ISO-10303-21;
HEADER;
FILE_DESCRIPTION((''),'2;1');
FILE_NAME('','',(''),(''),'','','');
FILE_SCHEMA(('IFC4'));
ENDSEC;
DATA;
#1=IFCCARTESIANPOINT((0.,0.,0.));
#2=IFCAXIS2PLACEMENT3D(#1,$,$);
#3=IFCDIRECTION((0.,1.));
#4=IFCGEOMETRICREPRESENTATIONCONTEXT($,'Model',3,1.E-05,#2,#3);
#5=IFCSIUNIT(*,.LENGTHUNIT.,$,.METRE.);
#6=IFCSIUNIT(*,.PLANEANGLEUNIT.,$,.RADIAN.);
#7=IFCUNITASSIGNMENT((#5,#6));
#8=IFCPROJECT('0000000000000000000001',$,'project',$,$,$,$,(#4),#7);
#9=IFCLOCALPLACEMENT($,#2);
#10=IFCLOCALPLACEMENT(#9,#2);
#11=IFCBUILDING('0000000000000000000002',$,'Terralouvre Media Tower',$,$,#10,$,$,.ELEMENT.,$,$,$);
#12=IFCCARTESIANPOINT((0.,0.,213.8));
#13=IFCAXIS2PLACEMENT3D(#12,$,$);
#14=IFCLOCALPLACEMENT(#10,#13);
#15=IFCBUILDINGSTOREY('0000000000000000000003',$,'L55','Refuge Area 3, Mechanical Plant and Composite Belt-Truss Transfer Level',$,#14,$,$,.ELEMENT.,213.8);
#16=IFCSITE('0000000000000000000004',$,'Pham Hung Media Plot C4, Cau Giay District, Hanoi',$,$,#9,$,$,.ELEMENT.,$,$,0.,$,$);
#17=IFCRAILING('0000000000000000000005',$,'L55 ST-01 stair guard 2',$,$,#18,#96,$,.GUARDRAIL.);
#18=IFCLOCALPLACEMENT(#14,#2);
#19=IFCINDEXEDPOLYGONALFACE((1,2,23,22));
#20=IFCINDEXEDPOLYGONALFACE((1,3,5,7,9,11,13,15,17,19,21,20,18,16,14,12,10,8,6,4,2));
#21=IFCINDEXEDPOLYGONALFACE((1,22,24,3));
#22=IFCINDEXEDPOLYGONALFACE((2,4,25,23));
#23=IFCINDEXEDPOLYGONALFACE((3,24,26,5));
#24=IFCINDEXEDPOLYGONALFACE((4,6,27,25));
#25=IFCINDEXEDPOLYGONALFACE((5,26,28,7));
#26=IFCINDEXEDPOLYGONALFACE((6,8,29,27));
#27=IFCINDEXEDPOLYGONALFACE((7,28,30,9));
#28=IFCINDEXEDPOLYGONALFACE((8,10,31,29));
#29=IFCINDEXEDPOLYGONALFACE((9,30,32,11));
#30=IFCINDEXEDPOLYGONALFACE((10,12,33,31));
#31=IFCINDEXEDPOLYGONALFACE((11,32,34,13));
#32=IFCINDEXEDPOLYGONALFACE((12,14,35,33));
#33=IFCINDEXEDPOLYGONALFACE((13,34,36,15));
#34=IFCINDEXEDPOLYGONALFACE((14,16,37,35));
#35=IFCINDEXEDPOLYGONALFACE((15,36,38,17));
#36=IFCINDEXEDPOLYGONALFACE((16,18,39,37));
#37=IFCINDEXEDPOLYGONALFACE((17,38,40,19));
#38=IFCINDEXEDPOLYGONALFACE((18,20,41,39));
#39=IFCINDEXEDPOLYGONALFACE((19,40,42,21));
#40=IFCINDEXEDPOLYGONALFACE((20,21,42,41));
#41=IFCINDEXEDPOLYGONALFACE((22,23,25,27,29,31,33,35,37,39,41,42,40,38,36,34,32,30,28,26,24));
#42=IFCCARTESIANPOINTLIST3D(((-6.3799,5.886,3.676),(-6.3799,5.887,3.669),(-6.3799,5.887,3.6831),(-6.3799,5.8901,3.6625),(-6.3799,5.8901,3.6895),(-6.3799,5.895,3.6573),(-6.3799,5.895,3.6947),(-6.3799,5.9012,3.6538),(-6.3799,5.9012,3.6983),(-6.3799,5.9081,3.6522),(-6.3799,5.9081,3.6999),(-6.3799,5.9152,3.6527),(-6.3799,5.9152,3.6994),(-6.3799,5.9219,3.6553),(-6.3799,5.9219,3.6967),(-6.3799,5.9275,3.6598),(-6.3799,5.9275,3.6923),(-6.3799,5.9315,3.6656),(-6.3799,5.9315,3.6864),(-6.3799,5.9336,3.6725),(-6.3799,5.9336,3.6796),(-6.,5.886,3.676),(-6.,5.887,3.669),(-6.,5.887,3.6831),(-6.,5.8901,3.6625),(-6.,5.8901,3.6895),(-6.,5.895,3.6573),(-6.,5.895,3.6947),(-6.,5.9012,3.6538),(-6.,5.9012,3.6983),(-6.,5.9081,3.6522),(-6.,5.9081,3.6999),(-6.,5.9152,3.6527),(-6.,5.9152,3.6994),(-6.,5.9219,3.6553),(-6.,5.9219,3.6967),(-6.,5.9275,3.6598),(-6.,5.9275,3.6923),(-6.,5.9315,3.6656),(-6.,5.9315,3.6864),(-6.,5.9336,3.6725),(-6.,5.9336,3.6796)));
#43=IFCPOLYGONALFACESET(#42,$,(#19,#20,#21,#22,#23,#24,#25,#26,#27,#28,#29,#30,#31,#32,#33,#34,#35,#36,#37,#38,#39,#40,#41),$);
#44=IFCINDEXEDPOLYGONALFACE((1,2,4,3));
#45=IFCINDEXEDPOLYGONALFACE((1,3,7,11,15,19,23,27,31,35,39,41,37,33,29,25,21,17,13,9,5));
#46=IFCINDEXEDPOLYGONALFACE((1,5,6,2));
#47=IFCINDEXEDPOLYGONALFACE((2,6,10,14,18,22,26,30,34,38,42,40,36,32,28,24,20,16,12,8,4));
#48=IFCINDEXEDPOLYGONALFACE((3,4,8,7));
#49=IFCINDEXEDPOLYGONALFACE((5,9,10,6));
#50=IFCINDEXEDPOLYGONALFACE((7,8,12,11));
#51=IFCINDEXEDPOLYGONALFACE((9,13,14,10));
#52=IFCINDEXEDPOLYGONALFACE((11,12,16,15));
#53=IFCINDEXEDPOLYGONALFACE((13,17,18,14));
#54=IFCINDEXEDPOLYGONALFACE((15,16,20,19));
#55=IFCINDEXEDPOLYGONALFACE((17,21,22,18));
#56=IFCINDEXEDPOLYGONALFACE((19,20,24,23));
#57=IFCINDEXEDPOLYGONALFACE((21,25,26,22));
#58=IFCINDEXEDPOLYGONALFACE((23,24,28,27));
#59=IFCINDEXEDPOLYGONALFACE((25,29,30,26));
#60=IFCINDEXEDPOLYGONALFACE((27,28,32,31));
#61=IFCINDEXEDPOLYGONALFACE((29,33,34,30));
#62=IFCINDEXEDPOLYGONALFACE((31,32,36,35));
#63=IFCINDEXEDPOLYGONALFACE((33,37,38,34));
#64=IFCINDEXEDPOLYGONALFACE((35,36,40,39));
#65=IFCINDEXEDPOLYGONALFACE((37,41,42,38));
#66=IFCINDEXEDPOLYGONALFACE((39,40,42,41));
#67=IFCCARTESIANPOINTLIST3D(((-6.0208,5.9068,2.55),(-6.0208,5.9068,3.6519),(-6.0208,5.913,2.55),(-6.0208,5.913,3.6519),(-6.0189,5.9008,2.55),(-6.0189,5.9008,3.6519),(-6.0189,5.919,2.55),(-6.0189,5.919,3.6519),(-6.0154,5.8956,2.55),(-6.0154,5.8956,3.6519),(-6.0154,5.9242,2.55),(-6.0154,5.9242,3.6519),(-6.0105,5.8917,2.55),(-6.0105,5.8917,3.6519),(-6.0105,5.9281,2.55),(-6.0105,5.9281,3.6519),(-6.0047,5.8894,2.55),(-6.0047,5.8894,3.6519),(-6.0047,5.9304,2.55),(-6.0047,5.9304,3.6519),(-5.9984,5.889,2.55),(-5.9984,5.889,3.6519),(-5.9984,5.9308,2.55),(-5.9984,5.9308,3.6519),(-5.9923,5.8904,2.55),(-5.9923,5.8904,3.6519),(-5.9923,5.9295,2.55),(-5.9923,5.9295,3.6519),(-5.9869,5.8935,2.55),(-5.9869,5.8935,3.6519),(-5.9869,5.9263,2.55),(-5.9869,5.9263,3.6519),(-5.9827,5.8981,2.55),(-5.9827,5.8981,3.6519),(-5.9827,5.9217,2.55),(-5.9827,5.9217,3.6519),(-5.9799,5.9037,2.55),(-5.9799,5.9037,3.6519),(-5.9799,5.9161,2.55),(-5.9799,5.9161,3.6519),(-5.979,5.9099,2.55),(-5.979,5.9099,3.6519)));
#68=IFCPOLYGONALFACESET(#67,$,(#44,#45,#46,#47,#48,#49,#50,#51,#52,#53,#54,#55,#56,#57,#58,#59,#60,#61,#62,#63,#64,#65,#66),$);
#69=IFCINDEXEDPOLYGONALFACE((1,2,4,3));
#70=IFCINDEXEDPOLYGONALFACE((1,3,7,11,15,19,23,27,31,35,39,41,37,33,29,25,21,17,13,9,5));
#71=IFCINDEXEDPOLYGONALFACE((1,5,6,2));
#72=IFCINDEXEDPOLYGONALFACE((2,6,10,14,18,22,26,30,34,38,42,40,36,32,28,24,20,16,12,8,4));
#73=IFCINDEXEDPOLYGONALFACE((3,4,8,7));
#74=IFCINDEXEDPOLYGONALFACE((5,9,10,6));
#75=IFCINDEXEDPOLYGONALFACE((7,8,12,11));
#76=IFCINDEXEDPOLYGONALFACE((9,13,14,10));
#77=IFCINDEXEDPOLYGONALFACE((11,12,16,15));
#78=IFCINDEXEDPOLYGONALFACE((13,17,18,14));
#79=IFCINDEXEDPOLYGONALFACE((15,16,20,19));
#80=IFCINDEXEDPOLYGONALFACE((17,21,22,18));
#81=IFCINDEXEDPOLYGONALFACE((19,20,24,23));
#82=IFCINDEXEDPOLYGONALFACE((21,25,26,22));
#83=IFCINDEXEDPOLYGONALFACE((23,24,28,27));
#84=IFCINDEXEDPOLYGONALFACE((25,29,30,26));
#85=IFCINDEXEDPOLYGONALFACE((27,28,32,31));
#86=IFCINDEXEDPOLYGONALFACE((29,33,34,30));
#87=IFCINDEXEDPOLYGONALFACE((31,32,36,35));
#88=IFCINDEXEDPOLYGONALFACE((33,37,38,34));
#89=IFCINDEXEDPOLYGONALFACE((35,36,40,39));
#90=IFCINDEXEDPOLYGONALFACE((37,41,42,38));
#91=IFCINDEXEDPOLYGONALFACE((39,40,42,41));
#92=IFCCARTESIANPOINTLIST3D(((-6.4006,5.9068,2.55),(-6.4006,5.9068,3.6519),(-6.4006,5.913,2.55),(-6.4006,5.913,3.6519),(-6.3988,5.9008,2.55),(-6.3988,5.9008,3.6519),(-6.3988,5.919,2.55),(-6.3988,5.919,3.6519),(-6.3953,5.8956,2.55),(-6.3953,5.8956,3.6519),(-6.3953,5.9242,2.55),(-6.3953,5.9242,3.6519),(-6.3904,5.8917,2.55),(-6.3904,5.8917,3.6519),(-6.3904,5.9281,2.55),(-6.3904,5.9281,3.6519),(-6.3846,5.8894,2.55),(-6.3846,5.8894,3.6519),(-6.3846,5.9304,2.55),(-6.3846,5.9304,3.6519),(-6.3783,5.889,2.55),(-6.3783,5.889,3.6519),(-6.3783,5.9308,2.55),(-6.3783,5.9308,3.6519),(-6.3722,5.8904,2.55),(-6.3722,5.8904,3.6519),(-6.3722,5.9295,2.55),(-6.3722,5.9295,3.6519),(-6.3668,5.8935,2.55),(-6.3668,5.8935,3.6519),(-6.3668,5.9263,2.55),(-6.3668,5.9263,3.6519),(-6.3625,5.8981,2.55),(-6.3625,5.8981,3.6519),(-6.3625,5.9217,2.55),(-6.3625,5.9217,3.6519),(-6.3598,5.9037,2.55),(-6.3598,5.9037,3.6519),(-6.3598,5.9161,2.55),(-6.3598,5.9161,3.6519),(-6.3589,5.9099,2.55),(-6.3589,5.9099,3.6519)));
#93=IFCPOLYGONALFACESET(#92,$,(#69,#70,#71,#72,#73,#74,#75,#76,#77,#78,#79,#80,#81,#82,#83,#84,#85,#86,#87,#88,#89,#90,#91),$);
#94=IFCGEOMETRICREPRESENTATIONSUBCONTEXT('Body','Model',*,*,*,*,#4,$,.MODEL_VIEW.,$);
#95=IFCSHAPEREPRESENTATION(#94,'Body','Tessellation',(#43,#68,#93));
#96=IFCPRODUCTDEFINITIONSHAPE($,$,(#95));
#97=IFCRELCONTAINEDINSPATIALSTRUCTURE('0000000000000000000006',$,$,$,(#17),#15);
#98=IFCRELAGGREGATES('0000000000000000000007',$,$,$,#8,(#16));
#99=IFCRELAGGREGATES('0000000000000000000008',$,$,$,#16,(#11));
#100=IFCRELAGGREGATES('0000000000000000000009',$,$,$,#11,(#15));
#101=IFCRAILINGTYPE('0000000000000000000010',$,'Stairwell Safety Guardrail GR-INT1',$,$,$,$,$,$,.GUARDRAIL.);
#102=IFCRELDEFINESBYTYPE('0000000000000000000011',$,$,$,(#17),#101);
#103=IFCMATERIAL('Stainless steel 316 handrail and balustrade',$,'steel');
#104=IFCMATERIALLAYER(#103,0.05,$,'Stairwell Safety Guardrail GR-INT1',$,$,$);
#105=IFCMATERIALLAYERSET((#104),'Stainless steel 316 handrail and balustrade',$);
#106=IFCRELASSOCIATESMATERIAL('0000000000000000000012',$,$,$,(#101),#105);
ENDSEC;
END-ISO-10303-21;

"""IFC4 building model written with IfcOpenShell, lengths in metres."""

from ifc_helpers import new_model, si_unit, direction, frame, origin, origin_2d, place, context, subcontext, project, spatial, circle, extrude, material, layer, layer_set, type_object, element, save


model = new_model("IFC4")

# Units and contexts
model_context = context("Model", 3, precision=1e-05, world=origin(), true_north=direction((0.0, 1.0)))
body_context = subcontext(model_context, "Body", "Model", "MODEL_VIEW")
ifc_project = project(units=[si_unit("LENGTHUNIT", "METRE"), si_unit("PLANEANGLEUNIT", "RADIAN")], contexts=[model_context])

# Site, building, storey
site_placement = place(None, origin())
site = spatial("IfcSite", under=ifc_project, at=site_placement, Name="Pham Hung Media Plot C4, Cau Giay District, Hanoi", CompositionType="ELEMENT", RefElevation=0.0)
building_placement = place(site_placement, origin())
building = spatial("IfcBuilding", under=site, at=building_placement, Name="Terralouvre Media Tower", CompositionType="ELEMENT")
storey_placement = place(building_placement, frame((0.0, 0.0, 213.8)))
storey = spatial("IfcBuildingStorey", under=building, at=storey_placement, Name="L55", Description="Refuge Area 3, Mechanical Plant and Composite Belt-Truss Transfer Level", CompositionType="ELEMENT", Elevation=213.8)

# Railing
ifc_material_1 = material(Name="Stainless steel 316 handrail and balustrade", Category="steel")
ifc_layer_1 = layer(ifc_material_1, 0.05, Name="Stairwell Safety Guardrail GR-INT1")
ifc_layer_set_1 = layer_set([ifc_layer_1], Name="Stainless steel 316 handrail and balustrade")
railing_type_1 = type_object("IfcRailingType", Name="Stairwell Safety Guardrail GR-INT1", PredefinedType="GUARDRAIL", material=ifc_layer_set_1)
railing_1_placement = place(storey_placement, frame((-6.0, 5.9099, 2.55)))
element("IfcRailing", 1, at=railing_1_placement, inside=storey, type_object=railing_type_1, Name="L55 ST-01 stair guard 2", PredefinedType="GUARDRAIL", context=body_context, shape_type="SweptSolid", body=[
    extrude(circle(Radius=0.0239, at=origin_2d()), frame((0.0, 0.0, 1.126), z_axis=(-1.0, 0.0, 0.0), x_axis=(0.0, -1.0, 0.0)), (0.0, 0.0, 1.0), 0.3799),
    extrude(circle(Radius=0.021, at=origin_2d()), origin(), (0.0, 0.0, 1.0), 1.1018),
    extrude(circle(Radius=0.021, at=origin_2d()), frame((-0.3799, 0.0, 0.0)), (0.0, 0.0, 1.0), 1.1018),
])

save(model, "model.ifc")
